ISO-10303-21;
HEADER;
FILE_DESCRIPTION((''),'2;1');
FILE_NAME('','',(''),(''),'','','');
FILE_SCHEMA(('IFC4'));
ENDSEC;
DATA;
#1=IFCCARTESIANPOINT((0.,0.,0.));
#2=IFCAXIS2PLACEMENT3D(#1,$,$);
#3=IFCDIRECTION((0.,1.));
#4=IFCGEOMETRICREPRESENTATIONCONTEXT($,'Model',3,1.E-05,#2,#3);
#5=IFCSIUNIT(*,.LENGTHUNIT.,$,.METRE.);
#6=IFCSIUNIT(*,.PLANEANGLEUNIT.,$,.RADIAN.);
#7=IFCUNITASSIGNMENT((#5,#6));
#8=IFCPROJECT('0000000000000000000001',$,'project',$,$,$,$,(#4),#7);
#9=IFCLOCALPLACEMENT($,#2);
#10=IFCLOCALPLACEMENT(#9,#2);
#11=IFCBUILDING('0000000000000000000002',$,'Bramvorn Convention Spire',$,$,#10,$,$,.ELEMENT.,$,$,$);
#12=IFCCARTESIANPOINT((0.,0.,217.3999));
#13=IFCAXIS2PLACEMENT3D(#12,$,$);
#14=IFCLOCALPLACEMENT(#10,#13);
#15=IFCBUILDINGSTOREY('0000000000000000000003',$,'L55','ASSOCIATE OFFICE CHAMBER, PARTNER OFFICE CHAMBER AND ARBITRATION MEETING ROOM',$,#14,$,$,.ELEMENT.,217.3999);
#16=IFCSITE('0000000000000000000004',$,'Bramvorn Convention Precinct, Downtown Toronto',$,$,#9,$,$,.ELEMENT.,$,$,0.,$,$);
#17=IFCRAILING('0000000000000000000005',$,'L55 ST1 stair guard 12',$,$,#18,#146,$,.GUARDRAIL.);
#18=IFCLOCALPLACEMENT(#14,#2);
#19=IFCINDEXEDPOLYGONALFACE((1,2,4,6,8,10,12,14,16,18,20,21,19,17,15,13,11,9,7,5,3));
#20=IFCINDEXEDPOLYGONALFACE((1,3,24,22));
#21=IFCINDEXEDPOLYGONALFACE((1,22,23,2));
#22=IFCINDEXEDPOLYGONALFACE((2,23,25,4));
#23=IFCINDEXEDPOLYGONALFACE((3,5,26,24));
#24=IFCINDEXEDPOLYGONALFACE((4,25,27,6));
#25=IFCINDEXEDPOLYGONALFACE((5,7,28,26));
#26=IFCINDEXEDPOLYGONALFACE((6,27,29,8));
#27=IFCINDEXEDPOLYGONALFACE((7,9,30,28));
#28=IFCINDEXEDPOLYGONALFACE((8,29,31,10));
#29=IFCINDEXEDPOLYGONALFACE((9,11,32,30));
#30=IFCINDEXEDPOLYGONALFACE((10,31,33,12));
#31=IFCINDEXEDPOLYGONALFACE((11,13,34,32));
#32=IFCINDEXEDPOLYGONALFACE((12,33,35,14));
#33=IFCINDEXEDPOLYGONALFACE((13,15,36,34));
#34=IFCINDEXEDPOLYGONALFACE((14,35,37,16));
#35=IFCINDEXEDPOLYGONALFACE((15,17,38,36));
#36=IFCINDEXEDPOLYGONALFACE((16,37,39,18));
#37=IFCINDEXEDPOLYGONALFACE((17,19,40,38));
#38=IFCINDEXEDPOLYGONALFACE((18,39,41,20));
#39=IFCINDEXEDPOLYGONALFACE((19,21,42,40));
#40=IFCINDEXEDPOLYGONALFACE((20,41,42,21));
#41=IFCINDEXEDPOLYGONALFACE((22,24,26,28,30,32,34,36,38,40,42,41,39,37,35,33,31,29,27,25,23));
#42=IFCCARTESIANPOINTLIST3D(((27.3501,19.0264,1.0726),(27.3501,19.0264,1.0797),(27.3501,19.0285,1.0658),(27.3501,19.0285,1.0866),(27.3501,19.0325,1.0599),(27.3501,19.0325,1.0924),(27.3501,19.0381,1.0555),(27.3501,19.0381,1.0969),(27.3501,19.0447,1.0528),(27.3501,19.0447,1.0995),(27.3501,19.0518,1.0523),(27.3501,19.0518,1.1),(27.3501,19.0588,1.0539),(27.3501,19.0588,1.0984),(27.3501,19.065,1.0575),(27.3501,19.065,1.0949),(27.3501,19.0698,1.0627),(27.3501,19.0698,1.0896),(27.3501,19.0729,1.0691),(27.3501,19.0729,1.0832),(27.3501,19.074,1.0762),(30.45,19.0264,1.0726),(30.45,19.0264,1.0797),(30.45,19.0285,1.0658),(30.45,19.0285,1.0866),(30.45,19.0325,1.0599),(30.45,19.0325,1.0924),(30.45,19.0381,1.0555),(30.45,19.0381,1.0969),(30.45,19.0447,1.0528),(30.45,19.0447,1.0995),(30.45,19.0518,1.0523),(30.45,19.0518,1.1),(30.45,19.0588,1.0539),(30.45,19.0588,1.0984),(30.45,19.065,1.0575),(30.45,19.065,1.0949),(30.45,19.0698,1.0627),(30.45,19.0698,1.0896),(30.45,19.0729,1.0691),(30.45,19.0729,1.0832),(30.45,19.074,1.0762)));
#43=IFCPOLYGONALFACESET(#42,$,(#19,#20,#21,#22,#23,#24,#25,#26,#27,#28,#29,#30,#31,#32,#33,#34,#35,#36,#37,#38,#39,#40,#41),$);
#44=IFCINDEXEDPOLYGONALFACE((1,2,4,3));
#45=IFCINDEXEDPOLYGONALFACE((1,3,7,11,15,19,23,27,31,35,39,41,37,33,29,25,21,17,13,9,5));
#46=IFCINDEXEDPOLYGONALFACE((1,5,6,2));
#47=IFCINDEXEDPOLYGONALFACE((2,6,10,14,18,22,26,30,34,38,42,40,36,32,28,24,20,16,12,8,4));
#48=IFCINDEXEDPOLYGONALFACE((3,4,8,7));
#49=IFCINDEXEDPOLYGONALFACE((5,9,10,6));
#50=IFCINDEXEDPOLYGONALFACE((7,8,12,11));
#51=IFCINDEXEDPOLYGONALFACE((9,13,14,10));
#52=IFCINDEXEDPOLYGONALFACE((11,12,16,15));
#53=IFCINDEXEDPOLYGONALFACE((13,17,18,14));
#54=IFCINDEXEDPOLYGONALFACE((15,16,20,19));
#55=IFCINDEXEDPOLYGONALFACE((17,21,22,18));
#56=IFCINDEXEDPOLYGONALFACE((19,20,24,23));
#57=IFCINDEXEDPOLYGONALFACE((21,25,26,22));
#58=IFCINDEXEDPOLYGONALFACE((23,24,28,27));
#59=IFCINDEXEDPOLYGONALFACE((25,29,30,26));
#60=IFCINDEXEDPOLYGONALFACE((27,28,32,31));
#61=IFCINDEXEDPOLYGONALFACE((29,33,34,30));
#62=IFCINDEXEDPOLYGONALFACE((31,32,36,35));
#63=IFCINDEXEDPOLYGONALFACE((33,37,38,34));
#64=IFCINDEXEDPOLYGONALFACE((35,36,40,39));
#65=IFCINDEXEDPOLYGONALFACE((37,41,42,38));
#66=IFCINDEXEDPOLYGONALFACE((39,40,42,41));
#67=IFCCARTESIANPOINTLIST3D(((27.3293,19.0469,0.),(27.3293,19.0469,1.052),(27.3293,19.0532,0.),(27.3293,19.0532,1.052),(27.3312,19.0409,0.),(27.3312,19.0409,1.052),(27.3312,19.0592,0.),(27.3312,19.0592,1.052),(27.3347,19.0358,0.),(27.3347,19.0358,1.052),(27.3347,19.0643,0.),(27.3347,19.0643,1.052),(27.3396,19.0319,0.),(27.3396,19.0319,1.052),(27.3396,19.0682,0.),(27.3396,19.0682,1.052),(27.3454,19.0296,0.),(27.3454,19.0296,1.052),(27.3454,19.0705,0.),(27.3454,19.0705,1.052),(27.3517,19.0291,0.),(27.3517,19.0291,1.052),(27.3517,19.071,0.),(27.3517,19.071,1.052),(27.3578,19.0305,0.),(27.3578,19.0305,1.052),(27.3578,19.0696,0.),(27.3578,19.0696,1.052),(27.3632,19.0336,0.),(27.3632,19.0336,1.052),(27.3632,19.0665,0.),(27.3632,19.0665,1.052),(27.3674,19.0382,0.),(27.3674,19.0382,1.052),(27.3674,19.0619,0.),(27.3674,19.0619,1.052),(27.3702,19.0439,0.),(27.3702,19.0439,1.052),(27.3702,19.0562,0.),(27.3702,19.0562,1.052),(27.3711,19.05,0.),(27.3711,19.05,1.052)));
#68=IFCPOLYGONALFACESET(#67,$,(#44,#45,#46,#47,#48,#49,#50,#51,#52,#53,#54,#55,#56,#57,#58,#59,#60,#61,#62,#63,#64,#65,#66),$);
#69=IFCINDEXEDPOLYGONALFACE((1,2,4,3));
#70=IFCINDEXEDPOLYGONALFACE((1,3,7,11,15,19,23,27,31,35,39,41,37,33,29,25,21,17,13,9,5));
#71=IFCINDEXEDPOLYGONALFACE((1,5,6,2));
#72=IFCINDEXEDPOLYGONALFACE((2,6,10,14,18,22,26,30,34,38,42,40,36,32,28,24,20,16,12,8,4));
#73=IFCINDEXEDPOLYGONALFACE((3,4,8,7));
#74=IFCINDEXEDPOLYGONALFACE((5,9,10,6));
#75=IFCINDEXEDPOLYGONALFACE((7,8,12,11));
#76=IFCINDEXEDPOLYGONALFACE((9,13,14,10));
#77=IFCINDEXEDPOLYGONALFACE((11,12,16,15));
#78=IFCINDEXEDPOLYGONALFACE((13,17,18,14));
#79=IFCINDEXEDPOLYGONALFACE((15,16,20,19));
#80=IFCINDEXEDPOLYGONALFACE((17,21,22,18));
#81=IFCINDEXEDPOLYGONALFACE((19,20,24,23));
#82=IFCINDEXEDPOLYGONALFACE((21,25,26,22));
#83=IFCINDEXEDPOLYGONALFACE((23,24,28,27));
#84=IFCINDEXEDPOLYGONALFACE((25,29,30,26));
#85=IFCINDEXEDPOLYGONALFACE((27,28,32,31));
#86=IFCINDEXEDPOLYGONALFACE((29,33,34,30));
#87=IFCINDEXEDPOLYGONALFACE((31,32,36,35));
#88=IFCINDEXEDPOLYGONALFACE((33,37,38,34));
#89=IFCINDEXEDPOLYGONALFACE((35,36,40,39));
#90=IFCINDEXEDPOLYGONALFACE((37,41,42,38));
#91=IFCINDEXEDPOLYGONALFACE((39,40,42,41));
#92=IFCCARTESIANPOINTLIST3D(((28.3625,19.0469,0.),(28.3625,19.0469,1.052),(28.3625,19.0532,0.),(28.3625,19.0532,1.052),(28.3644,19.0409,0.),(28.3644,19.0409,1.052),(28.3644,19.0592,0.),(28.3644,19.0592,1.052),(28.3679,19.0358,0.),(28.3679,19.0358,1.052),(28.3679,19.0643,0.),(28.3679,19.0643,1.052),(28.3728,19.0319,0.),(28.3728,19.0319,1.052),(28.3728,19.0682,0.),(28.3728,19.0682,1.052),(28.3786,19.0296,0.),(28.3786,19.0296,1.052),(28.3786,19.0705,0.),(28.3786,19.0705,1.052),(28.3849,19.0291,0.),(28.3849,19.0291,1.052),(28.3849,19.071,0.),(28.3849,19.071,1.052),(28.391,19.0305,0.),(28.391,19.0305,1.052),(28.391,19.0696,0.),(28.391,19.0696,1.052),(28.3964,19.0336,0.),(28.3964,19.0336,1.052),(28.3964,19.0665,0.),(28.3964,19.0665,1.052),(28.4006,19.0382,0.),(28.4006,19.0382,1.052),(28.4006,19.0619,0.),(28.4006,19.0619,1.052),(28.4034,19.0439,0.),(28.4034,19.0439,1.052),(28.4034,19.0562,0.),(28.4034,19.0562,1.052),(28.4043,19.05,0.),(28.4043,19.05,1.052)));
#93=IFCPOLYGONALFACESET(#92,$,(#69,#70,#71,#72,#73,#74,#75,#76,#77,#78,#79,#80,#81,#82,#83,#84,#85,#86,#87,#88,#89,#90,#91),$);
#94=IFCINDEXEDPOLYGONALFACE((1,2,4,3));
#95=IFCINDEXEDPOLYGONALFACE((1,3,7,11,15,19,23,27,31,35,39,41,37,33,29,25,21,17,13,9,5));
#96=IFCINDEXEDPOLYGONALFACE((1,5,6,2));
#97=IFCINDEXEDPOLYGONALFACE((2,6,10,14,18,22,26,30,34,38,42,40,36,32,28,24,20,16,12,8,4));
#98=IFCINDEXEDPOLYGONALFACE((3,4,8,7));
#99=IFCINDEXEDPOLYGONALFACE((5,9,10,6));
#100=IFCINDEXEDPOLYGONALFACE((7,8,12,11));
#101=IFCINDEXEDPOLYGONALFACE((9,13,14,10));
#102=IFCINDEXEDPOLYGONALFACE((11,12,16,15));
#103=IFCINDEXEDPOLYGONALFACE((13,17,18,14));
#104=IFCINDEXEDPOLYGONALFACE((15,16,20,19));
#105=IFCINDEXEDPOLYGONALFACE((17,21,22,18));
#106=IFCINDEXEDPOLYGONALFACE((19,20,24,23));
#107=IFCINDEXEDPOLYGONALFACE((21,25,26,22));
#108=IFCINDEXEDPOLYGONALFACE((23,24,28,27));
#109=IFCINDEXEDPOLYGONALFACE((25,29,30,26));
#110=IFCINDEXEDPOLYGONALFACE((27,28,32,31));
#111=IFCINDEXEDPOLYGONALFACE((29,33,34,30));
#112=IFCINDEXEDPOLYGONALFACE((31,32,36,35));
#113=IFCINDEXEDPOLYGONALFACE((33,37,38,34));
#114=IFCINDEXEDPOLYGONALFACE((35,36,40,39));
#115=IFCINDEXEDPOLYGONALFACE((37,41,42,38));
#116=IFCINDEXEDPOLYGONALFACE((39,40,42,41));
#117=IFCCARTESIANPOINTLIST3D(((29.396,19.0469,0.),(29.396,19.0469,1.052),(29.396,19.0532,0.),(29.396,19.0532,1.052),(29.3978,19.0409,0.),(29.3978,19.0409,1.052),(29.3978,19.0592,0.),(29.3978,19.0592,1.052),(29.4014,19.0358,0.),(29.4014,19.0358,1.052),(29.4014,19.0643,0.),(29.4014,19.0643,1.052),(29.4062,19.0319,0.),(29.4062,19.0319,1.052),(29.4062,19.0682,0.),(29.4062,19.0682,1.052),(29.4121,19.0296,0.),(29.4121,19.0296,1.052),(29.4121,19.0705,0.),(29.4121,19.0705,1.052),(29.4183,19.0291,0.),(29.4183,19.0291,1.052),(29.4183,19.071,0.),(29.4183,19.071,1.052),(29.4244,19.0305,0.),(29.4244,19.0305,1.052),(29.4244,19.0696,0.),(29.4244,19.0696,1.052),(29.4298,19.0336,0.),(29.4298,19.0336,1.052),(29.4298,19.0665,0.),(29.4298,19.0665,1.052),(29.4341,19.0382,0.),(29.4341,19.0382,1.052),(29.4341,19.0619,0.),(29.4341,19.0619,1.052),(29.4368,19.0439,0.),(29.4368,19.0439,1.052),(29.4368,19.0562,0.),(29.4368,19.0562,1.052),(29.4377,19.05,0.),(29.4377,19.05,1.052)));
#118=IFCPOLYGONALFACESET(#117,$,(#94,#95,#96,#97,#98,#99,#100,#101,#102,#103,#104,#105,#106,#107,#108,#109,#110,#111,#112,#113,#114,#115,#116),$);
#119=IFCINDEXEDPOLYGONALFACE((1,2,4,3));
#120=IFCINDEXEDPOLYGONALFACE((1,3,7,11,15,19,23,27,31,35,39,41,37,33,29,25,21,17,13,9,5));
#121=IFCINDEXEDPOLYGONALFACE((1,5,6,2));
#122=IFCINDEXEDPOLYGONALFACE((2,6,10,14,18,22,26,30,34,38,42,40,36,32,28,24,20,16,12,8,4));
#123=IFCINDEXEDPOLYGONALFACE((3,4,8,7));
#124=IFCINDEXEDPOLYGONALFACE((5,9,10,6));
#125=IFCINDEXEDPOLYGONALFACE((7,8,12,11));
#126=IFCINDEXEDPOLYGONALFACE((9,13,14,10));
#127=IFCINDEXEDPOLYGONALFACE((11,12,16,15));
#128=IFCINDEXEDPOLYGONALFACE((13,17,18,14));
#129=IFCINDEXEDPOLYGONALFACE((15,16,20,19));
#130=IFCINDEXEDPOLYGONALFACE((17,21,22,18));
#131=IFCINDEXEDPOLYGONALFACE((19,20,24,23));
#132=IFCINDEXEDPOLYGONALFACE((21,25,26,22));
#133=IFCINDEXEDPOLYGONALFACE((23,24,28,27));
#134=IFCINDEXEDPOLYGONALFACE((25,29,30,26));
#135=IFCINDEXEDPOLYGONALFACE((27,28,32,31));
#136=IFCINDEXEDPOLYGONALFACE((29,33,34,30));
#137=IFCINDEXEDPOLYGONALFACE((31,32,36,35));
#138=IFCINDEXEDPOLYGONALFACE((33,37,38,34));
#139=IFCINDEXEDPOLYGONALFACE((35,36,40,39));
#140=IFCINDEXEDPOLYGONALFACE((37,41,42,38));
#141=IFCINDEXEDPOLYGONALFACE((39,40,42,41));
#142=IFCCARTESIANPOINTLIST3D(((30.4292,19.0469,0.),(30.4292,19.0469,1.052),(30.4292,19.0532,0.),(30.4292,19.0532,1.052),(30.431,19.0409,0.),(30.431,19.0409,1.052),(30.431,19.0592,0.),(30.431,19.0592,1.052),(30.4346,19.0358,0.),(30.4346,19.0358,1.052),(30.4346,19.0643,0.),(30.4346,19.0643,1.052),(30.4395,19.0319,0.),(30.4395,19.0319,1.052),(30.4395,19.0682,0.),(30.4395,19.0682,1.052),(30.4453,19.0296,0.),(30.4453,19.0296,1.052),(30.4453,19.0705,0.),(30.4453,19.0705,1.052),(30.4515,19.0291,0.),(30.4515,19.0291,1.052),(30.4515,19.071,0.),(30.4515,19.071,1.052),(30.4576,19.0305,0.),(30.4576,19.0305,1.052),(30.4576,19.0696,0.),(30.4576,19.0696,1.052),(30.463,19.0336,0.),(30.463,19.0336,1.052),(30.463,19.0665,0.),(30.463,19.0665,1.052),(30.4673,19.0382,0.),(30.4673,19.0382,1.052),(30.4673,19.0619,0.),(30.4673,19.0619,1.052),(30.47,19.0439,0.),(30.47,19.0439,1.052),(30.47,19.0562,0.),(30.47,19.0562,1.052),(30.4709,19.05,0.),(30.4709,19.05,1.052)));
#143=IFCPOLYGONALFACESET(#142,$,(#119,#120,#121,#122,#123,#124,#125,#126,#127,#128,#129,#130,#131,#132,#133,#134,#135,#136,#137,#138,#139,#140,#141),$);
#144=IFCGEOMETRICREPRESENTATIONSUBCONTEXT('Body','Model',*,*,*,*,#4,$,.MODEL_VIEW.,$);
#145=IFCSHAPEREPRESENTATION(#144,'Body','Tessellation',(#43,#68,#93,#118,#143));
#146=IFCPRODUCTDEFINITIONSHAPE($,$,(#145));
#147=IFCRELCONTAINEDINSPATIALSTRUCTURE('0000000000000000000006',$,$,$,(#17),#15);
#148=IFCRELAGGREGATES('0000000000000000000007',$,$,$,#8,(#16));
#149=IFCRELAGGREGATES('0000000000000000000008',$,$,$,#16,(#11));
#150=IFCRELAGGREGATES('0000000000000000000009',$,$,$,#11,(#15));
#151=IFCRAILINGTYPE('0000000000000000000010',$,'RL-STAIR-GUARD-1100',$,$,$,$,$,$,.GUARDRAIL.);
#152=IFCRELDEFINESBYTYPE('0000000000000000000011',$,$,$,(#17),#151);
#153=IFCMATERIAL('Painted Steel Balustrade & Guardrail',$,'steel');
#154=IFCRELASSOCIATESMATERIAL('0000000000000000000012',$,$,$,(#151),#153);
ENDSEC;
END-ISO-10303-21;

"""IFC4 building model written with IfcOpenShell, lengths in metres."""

from ifc_helpers import new_model, si_unit, direction, frame, origin, origin_2d, place, context, subcontext, project, spatial, circle, extrude, material, type_object, element, save


model = new_model("IFC4")

# Units and contexts
model_context = context("Model", 3, precision=1e-05, world=origin(), true_north=direction((0.0, 1.0)))
body_context = subcontext(model_context, "Body", "Model", "MODEL_VIEW")
ifc_project = project(units=[si_unit("LENGTHUNIT", "METRE"), si_unit("PLANEANGLEUNIT", "RADIAN")], contexts=[model_context])

# Site, building, storey
site_placement = place(None, origin())
site = spatial("IfcSite", under=ifc_project, at=site_placement, Name="Bramvorn Convention Precinct, Downtown Toronto", CompositionType="ELEMENT", RefElevation=0.0)
building_placement = place(site_placement, origin())
building = spatial("IfcBuilding", under=site, at=building_placement, Name="Bramvorn Convention Spire", CompositionType="ELEMENT")
storey_placement = place(building_placement, frame((0.0, 0.0, 217.3999)))
storey = spatial("IfcBuildingStorey", under=building, at=storey_placement, Name="L55", Description="ASSOCIATE OFFICE CHAMBER, PARTNER OFFICE CHAMBER AND ARBITRATION MEETING ROOM", CompositionType="ELEMENT", Elevation=217.3999)

# Railing
ifc_material_1 = material(Name="Painted Steel Balustrade & Guardrail", Category="steel")
railing_type = type_object("IfcRailingType", Name="RL-STAIR-GUARD-1100", PredefinedType="GUARDRAIL", material=ifc_material_1)
railing_placement = place(storey_placement, frame((27.3501, 19.05, 0.0)))
element("IfcRailing", 1, at=railing_placement, inside=storey, type_object=railing_type, Name="L55 ST1 stair guard 12", PredefinedType="GUARDRAIL", context=body_context, shape_type="SweptSolid", body=[
    extrude(circle(Radius=0.0239, at=origin_2d()), frame((0.0, 0.0, 1.0762), z_axis=(1.0, 0.0, 0.0), x_axis=(0.0, 1.0, 0.0)), (0.0, 0.0, 1.0), 3.0999),
    extrude(circle(Radius=0.021, at=origin_2d()), origin(), (0.0, 0.0, 1.0), 1.052),
    extrude(circle(Radius=0.021, at=origin_2d()), frame((1.0332, 0.0, 0.0)), (0.0, 0.0, 1.0), 1.052),
    extrude(circle(Radius=0.021, at=origin_2d()), frame((2.0667, 0.0, 0.0)), (0.0, 0.0, 1.0), 1.052),
    extrude(circle(Radius=0.021, at=origin_2d()), frame((3.0999, 0.0, 0.0)), (0.0, 0.0, 1.0), 1.052),
])

save(model, "model.ifc")
